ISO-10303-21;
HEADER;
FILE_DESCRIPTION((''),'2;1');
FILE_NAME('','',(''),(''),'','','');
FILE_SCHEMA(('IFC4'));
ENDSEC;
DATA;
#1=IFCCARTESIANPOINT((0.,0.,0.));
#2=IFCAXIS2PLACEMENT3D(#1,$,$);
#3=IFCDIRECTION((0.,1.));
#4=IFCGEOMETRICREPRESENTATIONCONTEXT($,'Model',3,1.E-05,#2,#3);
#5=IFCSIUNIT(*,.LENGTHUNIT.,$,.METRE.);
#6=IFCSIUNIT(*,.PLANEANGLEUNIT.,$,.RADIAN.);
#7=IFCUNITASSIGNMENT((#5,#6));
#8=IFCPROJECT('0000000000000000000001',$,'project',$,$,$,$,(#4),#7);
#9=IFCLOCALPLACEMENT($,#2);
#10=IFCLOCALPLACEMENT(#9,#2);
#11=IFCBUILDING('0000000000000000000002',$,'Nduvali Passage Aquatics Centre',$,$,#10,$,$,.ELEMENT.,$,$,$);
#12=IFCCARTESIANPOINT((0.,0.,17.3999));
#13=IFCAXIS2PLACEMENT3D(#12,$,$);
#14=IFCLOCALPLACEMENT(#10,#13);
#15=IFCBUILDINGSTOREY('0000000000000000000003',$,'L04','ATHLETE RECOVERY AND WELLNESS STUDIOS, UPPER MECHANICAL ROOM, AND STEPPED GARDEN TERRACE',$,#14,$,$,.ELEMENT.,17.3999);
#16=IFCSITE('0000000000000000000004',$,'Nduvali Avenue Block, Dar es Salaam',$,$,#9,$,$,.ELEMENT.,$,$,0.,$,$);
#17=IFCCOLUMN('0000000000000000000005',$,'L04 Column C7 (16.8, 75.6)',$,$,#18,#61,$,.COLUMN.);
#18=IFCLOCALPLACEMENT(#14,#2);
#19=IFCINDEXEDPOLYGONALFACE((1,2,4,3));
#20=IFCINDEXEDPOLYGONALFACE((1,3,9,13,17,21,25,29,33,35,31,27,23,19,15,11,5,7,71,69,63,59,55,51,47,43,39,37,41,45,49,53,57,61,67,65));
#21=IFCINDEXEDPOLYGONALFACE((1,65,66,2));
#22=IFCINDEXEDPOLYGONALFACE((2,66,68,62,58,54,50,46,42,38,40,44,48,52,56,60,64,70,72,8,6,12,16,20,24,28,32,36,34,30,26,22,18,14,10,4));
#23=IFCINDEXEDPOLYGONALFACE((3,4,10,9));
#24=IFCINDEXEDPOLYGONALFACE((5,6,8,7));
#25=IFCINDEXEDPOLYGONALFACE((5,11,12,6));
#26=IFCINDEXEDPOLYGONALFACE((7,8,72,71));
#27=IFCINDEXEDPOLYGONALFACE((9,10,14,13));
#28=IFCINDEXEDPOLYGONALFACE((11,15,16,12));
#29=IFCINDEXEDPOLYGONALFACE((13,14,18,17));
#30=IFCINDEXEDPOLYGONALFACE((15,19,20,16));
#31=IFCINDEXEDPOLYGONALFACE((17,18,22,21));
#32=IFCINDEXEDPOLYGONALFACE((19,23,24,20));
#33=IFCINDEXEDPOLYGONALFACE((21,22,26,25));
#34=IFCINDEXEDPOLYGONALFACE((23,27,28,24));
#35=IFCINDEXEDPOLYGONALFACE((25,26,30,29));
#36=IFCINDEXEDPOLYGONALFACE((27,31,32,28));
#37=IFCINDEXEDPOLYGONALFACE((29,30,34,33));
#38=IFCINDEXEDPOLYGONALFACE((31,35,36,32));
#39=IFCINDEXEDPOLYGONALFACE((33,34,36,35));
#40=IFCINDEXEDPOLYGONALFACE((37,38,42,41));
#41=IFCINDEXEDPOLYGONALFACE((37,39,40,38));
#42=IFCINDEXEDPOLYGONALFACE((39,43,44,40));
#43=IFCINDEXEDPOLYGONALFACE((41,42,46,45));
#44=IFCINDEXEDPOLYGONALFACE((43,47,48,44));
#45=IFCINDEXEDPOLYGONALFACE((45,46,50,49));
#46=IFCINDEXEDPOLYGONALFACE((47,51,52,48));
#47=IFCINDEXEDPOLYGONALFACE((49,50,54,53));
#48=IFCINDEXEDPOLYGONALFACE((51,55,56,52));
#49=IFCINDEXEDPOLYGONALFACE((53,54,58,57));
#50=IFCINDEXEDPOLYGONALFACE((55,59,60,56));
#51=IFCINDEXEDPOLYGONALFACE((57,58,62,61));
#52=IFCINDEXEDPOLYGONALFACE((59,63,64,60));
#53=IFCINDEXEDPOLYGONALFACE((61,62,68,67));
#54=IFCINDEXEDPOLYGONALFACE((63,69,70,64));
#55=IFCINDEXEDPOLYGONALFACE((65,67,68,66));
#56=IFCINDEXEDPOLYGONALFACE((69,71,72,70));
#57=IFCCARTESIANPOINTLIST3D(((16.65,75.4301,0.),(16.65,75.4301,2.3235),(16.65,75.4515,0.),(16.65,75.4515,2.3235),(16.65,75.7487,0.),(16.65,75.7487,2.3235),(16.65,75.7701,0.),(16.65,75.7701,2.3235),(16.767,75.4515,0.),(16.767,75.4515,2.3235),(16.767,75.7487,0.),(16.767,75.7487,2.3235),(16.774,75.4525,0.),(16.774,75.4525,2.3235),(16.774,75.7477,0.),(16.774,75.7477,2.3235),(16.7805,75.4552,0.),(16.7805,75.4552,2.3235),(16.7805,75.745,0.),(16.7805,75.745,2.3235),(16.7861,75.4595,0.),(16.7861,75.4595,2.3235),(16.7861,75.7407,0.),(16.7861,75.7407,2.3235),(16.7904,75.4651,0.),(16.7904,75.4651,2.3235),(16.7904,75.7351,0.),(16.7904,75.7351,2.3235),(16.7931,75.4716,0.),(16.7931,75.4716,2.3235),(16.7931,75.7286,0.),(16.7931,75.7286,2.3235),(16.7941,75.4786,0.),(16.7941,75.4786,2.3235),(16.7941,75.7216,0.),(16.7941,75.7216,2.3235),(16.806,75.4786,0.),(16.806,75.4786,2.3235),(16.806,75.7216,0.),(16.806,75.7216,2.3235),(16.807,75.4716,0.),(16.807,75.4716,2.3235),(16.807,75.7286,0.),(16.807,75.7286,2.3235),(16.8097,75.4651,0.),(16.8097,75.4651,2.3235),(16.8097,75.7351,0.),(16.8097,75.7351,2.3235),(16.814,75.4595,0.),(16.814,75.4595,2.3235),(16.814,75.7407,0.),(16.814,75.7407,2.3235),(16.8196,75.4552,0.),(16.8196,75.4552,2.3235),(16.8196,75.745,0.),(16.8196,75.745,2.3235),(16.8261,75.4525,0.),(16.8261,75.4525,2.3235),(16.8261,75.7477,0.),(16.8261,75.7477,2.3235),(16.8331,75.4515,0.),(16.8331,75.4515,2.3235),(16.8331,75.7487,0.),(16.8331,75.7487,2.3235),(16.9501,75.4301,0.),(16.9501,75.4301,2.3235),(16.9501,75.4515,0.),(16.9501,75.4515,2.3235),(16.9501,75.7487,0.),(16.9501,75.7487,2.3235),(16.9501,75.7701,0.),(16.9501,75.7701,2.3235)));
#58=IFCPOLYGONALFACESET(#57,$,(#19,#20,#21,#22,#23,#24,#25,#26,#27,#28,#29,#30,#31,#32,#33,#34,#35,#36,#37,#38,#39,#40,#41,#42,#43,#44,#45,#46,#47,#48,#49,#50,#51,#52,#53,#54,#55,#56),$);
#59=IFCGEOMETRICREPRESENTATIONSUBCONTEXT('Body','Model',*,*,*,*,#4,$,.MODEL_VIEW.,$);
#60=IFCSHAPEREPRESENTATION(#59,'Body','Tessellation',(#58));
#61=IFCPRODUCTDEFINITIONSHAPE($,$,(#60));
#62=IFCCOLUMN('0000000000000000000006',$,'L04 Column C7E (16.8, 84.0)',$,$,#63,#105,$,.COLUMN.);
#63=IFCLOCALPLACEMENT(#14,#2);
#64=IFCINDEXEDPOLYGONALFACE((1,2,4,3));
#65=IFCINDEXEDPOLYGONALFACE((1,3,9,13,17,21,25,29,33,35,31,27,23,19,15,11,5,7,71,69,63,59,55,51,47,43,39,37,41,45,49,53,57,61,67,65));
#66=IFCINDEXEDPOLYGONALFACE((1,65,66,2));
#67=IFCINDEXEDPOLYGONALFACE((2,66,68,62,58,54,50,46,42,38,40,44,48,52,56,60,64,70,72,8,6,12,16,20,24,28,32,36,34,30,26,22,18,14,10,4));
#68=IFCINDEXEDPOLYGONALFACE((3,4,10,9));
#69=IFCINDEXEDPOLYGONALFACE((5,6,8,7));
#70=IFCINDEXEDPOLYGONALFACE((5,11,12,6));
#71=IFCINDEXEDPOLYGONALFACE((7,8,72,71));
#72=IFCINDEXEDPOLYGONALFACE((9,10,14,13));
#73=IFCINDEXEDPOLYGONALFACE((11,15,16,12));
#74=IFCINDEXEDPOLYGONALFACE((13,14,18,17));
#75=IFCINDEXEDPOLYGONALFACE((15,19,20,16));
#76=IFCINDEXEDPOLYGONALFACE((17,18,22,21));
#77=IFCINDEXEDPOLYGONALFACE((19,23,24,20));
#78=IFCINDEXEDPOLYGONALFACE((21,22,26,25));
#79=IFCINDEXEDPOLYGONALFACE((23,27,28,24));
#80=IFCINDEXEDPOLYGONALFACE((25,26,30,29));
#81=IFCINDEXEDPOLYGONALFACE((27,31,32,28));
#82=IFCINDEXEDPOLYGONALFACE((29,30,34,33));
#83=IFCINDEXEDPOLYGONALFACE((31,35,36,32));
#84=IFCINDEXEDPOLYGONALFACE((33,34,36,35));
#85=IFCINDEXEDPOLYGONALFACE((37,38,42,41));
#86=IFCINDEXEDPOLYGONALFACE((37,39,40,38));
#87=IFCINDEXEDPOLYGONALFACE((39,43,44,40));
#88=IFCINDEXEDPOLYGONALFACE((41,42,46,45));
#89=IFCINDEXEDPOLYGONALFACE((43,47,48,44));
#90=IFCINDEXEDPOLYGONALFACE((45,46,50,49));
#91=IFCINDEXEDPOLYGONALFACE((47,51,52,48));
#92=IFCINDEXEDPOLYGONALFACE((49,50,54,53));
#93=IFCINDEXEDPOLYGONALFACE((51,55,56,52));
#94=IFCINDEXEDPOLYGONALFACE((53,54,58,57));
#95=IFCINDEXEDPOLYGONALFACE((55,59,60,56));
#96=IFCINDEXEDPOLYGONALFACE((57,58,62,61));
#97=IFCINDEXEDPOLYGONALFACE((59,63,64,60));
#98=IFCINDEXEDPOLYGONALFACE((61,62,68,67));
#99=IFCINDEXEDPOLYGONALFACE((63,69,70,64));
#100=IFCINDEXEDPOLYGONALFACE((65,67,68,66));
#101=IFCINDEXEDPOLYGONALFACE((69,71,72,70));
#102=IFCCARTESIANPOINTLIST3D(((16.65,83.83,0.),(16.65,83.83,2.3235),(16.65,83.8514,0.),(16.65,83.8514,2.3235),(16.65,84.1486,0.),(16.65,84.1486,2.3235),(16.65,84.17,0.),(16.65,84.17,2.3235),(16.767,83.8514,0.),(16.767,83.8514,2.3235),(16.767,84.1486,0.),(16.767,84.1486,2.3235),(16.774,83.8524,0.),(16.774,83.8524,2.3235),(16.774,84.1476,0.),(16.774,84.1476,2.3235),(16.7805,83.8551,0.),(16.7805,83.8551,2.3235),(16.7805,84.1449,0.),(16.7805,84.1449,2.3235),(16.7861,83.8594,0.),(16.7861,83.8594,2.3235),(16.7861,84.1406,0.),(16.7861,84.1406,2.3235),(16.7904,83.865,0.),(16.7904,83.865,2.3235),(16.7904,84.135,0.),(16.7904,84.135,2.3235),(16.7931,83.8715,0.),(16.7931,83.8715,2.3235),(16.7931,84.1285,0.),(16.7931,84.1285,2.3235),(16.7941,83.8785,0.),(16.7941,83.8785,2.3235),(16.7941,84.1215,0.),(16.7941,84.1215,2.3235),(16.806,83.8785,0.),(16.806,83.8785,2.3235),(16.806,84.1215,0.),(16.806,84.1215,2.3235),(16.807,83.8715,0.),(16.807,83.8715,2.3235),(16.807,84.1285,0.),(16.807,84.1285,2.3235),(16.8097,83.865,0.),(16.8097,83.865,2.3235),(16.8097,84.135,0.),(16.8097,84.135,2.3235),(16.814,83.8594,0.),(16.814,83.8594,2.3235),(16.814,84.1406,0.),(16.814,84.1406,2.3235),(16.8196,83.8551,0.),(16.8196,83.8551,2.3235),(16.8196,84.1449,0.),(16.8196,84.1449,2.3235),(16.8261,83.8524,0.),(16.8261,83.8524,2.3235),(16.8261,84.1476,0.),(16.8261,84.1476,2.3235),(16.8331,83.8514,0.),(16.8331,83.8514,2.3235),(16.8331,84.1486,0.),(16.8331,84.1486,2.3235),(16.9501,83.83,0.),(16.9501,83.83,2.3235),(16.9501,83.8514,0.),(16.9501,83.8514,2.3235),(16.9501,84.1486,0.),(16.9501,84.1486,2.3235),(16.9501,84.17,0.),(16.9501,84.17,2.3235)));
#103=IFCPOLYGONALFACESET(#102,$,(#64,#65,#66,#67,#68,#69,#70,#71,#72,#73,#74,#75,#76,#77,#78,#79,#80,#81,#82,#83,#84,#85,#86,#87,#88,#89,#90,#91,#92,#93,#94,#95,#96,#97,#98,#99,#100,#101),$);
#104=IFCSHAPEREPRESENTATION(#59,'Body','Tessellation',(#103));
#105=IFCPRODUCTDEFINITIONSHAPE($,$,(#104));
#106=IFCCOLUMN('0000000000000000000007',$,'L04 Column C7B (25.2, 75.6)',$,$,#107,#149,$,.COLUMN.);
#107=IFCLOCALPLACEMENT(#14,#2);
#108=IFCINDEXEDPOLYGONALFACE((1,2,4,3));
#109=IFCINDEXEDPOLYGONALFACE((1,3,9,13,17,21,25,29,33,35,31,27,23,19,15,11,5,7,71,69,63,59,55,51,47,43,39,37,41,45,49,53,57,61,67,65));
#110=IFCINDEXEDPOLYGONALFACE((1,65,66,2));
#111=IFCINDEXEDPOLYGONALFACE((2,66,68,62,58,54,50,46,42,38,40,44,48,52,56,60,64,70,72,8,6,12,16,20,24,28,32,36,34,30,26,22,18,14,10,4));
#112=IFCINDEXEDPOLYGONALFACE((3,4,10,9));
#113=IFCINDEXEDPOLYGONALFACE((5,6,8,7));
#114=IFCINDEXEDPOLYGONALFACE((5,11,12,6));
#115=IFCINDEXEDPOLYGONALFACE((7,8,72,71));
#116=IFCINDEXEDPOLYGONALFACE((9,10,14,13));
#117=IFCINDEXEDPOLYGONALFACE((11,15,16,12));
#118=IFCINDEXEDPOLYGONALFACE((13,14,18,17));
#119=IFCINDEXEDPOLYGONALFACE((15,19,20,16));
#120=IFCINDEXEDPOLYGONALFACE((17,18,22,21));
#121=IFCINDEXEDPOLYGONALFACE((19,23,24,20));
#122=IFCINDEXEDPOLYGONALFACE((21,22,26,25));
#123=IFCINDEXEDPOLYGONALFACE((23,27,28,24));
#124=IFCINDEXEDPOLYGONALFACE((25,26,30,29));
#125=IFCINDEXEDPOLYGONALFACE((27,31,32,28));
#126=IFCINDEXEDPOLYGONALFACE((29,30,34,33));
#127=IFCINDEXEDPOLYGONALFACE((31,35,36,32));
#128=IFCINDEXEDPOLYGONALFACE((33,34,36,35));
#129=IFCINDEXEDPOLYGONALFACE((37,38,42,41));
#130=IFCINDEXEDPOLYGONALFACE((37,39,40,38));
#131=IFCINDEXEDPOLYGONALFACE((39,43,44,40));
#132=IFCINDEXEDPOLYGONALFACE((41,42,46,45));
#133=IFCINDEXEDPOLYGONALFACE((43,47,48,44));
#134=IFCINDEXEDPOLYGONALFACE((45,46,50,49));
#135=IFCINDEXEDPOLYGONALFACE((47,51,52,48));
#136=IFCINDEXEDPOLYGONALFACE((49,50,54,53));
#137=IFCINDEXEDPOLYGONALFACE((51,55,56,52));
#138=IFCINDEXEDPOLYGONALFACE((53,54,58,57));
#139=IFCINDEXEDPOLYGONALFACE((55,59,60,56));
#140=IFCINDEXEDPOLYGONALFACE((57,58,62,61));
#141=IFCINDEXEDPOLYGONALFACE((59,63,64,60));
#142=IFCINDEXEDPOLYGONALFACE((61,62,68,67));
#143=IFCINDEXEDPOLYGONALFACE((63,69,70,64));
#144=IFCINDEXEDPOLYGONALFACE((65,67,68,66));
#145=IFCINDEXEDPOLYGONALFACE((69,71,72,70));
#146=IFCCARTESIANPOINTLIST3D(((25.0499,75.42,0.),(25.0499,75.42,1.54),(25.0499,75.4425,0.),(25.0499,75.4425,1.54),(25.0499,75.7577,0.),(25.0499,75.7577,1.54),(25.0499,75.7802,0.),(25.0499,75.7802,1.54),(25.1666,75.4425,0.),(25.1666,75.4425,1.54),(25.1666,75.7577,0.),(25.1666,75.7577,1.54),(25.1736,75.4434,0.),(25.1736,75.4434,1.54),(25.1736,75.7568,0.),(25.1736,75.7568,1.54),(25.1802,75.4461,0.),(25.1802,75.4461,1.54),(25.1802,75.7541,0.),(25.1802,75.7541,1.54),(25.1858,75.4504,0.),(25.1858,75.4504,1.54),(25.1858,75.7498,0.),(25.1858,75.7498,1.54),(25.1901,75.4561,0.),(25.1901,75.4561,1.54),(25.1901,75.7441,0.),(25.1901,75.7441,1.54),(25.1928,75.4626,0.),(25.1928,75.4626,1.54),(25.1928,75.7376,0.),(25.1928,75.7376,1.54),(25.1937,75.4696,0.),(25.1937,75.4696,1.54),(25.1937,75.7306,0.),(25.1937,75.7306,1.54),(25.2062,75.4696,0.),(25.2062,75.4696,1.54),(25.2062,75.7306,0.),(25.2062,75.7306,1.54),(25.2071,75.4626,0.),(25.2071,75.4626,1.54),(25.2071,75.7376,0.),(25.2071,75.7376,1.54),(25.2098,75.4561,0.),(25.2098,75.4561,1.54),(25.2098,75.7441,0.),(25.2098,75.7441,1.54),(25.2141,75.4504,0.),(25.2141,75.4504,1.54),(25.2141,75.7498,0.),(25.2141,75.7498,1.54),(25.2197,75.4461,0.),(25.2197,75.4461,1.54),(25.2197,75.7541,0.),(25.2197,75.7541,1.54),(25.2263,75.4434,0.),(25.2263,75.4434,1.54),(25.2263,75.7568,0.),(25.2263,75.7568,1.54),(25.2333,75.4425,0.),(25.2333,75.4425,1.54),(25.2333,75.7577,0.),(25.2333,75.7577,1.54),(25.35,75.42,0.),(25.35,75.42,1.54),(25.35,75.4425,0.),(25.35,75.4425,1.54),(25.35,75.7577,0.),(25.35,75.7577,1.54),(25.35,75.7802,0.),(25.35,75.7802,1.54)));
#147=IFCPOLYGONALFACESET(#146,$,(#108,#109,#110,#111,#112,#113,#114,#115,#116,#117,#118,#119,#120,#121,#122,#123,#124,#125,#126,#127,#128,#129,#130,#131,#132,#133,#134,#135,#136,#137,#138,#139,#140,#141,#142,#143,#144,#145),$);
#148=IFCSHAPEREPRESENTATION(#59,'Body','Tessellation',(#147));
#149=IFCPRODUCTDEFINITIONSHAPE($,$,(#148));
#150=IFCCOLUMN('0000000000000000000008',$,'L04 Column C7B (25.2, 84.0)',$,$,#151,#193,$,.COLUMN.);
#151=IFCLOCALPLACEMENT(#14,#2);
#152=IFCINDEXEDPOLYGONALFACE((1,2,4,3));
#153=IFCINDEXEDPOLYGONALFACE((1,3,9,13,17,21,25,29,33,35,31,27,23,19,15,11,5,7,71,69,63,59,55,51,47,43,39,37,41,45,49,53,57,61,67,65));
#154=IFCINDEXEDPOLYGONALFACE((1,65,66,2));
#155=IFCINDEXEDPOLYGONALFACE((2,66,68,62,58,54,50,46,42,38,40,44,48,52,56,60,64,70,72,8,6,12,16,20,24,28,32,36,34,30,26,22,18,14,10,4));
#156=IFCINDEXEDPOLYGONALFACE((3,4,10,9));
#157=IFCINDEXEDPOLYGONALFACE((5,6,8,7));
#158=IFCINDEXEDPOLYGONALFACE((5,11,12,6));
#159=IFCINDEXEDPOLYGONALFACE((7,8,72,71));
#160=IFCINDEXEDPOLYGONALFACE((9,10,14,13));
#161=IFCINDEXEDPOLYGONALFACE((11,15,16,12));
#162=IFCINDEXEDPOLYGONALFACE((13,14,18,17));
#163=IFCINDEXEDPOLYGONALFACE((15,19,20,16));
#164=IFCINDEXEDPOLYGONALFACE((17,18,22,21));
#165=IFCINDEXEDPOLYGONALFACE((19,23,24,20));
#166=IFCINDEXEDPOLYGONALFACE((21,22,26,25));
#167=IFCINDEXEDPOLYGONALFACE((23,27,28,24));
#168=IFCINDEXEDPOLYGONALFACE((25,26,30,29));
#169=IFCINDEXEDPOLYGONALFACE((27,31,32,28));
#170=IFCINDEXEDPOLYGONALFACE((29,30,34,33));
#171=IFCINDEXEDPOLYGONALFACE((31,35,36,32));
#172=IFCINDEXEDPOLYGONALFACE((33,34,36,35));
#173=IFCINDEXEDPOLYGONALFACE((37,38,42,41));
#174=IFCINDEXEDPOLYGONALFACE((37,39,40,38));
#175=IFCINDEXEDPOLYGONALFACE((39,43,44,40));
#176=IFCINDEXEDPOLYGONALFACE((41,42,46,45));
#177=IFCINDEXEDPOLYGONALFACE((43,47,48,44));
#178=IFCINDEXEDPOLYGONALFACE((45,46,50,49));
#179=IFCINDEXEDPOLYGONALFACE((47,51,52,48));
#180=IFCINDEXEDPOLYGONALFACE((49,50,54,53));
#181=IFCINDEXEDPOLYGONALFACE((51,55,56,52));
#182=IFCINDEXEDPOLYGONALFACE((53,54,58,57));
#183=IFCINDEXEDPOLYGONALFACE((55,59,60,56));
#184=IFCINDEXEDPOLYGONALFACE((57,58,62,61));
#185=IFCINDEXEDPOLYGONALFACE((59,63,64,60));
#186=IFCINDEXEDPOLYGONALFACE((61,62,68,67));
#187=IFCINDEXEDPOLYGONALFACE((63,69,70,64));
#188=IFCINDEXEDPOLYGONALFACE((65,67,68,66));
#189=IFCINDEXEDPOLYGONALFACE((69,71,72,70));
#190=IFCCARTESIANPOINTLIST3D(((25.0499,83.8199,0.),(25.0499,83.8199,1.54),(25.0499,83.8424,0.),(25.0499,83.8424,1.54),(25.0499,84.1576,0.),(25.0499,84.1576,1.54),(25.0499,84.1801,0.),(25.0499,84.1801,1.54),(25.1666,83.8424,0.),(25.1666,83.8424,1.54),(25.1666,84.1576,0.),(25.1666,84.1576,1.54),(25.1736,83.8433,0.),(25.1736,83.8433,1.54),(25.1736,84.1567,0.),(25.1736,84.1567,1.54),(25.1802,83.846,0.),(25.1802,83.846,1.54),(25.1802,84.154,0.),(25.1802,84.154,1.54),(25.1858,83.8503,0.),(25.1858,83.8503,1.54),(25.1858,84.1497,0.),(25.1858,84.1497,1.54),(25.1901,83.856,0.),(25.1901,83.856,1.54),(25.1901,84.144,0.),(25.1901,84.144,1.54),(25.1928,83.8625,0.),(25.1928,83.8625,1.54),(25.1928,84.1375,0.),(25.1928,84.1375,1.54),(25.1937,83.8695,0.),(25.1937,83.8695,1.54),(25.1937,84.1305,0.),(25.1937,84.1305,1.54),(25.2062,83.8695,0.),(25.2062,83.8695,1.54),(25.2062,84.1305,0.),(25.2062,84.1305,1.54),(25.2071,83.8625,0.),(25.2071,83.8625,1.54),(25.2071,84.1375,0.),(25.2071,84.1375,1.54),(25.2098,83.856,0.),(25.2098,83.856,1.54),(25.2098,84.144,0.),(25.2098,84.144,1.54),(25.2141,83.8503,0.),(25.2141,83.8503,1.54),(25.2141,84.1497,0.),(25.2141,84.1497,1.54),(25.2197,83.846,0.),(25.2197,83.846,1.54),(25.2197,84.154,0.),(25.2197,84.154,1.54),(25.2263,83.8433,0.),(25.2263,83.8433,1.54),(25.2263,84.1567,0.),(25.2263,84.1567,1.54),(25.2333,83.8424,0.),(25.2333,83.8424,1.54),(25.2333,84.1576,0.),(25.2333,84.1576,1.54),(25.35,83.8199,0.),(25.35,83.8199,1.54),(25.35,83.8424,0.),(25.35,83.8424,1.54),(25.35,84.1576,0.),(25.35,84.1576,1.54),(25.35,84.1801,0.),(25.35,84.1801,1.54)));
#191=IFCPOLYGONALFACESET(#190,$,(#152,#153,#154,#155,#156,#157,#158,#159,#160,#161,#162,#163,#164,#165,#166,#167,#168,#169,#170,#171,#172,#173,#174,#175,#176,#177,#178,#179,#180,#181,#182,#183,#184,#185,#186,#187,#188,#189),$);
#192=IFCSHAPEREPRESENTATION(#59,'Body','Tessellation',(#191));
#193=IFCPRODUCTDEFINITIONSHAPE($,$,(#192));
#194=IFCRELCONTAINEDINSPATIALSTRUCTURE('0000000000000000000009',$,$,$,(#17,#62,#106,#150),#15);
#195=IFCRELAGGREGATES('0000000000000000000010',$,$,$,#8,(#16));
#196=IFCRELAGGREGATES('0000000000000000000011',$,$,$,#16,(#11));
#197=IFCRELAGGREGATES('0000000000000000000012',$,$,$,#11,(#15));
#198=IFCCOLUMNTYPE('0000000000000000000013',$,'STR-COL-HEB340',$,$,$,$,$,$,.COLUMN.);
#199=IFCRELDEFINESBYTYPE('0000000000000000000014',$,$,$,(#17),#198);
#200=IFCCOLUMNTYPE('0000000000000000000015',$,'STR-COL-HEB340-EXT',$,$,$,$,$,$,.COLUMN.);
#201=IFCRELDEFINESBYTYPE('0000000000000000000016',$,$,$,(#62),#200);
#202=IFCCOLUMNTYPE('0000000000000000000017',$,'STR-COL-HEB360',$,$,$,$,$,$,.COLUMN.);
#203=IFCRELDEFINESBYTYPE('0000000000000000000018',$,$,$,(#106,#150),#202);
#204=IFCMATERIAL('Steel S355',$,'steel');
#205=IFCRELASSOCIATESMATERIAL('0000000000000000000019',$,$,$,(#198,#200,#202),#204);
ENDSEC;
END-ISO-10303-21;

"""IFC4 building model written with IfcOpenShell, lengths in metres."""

from ifc_helpers import new_model, si_unit, direction, frame, origin, origin_2d, place, context, subcontext, project, spatial, i_section, extrude, material, material_profile, profile_set, type_object, element, save


model = new_model("IFC4")

# Units and contexts
model_context = context("Model", 3, precision=1e-05, world=origin(), true_north=direction((0.0, 1.0)))
body_context = subcontext(model_context, "Body", "Model", "MODEL_VIEW")
ifc_project = project(units=[si_unit("LENGTHUNIT", "METRE"), si_unit("PLANEANGLEUNIT", "RADIAN")], contexts=[model_context])

# Site, building, storey
site_placement = place(None, origin())
site = spatial("IfcSite", under=ifc_project, at=site_placement, Name="Nduvali Avenue Block, Dar es Salaam", CompositionType="ELEMENT", RefElevation=0.0)
building_placement = place(site_placement, origin())
building = spatial("IfcBuilding", under=site, at=building_placement, Name="Nduvali Passage Aquatics Centre", CompositionType="ELEMENT")
storey_placement = place(building_placement, frame((0.0, 0.0, 17.3999)))
storey = spatial("IfcBuildingStorey", under=building, at=storey_placement, Name="L04", Description="ATHLETE RECOVERY AND WELLNESS STUDIOS, UPPER MECHANICAL ROOM, AND STEPPED GARDEN TERRACE", CompositionType="ELEMENT", Elevation=17.3999)

# Columns
ifc_material_1 = material(Name="Steel S355", Category="steel")
ifc_material_profile_1 = material_profile(ifc_material_1, i_section(OverallWidth=0.3, OverallDepth=0.3401, WebThickness=0.012, FlangeThickness=0.0215, FilletRadius=0.0271, at=origin_2d()), Name="HEB 340")
ifc_profile_set_1 = profile_set([ifc_material_profile_1], Name="Steel S355")
column_type_1 = type_object("IfcColumnType", Name="STR-COL-HEB340", PredefinedType="COLUMN", material=ifc_profile_set_1)
column_1_placement = place(storey_placement, frame((16.8, 75.6001, 0.0), z_axis=(0.0, 0.0, 1.0), x_axis=(1.0, 0.0, 0.0)))
element("IfcColumn", 1, at=column_1_placement, inside=storey, type_object=column_type_1, Name="L04 Column C7 (16.8, 75.6)", PredefinedType="COLUMN", context=body_context, shape_type="SweptSolid", body=[
    extrude(i_section(OverallWidth=0.3, OverallDepth=0.3401, WebThickness=0.012, FlangeThickness=0.0215, FilletRadius=0.0271, at=origin_2d()), origin(), (0.0, 0.0, 1.0), 2.3235),
])
ifc_material_profile_2 = material_profile(ifc_material_1, i_section(OverallWidth=0.3, OverallDepth=0.3401, WebThickness=0.012, FlangeThickness=0.0215, FilletRadius=0.0271, at=origin_2d()), Name="HEB 340")
ifc_profile_set_2 = profile_set([ifc_material_profile_2], Name="Steel S355")
column_type_2 = type_object("IfcColumnType", Name="STR-COL-HEB340-EXT", PredefinedType="COLUMN", material=ifc_profile_set_2)
column_2_placement = place(storey_placement, frame((16.8, 84.0, 0.0), z_axis=(0.0, 0.0, 1.0), x_axis=(1.0, 0.0, 0.0)))
element("IfcColumn", 2, at=column_2_placement, inside=storey, type_object=column_type_2, Name="L04 Column C7E (16.8, 84.0)", PredefinedType="COLUMN", context=body_context, shape_type="SweptSolid", body=[
    extrude(i_section(OverallWidth=0.3, OverallDepth=0.3401, WebThickness=0.012, FlangeThickness=0.0215, FilletRadius=0.0271, at=origin_2d()), origin(), (0.0, 0.0, 1.0), 2.3235),
])
ifc_material_profile_3 = material_profile(ifc_material_1, i_section(OverallWidth=0.3, OverallDepth=0.3601, WebThickness=0.0125, FlangeThickness=0.0225, FilletRadius=0.0271, at=origin_2d()), Name="HEB 360")
ifc_profile_set_3 = profile_set([ifc_material_profile_3], Name="Steel S355")
column_type_3 = type_object("IfcColumnType", Name="STR-COL-HEB360", PredefinedType="COLUMN", material=ifc_profile_set_3)
for number, where, z_axis, x_axis, name in (
    (3, (25.2, 75.6001, 0.0), (0.0, 0.0, 1.0), (1.0, 0.0, 0.0), "L04 Column C7B (25.2, 75.6)"),
    (4, (25.2, 84.0, 0.0), (0.0, 0.0, 1.0), (1.0, 0.0, 0.0), "L04 Column C7B (25.2, 84.0)"),
):
    element("IfcColumn", number, at=place(storey_placement, frame(where, z_axis=z_axis, x_axis=x_axis)), inside=storey, type_object=column_type_3, Name=name, PredefinedType="COLUMN", context=body_context, shape_type="SweptSolid", body=[
        extrude(i_section(OverallWidth=0.3, OverallDepth=0.3601, WebThickness=0.0125, FlangeThickness=0.0225, FilletRadius=0.0271, at=origin_2d()), origin(), (0.0, 0.0, 1.0), 1.54),
    ])

save(model, "model.ifc")
